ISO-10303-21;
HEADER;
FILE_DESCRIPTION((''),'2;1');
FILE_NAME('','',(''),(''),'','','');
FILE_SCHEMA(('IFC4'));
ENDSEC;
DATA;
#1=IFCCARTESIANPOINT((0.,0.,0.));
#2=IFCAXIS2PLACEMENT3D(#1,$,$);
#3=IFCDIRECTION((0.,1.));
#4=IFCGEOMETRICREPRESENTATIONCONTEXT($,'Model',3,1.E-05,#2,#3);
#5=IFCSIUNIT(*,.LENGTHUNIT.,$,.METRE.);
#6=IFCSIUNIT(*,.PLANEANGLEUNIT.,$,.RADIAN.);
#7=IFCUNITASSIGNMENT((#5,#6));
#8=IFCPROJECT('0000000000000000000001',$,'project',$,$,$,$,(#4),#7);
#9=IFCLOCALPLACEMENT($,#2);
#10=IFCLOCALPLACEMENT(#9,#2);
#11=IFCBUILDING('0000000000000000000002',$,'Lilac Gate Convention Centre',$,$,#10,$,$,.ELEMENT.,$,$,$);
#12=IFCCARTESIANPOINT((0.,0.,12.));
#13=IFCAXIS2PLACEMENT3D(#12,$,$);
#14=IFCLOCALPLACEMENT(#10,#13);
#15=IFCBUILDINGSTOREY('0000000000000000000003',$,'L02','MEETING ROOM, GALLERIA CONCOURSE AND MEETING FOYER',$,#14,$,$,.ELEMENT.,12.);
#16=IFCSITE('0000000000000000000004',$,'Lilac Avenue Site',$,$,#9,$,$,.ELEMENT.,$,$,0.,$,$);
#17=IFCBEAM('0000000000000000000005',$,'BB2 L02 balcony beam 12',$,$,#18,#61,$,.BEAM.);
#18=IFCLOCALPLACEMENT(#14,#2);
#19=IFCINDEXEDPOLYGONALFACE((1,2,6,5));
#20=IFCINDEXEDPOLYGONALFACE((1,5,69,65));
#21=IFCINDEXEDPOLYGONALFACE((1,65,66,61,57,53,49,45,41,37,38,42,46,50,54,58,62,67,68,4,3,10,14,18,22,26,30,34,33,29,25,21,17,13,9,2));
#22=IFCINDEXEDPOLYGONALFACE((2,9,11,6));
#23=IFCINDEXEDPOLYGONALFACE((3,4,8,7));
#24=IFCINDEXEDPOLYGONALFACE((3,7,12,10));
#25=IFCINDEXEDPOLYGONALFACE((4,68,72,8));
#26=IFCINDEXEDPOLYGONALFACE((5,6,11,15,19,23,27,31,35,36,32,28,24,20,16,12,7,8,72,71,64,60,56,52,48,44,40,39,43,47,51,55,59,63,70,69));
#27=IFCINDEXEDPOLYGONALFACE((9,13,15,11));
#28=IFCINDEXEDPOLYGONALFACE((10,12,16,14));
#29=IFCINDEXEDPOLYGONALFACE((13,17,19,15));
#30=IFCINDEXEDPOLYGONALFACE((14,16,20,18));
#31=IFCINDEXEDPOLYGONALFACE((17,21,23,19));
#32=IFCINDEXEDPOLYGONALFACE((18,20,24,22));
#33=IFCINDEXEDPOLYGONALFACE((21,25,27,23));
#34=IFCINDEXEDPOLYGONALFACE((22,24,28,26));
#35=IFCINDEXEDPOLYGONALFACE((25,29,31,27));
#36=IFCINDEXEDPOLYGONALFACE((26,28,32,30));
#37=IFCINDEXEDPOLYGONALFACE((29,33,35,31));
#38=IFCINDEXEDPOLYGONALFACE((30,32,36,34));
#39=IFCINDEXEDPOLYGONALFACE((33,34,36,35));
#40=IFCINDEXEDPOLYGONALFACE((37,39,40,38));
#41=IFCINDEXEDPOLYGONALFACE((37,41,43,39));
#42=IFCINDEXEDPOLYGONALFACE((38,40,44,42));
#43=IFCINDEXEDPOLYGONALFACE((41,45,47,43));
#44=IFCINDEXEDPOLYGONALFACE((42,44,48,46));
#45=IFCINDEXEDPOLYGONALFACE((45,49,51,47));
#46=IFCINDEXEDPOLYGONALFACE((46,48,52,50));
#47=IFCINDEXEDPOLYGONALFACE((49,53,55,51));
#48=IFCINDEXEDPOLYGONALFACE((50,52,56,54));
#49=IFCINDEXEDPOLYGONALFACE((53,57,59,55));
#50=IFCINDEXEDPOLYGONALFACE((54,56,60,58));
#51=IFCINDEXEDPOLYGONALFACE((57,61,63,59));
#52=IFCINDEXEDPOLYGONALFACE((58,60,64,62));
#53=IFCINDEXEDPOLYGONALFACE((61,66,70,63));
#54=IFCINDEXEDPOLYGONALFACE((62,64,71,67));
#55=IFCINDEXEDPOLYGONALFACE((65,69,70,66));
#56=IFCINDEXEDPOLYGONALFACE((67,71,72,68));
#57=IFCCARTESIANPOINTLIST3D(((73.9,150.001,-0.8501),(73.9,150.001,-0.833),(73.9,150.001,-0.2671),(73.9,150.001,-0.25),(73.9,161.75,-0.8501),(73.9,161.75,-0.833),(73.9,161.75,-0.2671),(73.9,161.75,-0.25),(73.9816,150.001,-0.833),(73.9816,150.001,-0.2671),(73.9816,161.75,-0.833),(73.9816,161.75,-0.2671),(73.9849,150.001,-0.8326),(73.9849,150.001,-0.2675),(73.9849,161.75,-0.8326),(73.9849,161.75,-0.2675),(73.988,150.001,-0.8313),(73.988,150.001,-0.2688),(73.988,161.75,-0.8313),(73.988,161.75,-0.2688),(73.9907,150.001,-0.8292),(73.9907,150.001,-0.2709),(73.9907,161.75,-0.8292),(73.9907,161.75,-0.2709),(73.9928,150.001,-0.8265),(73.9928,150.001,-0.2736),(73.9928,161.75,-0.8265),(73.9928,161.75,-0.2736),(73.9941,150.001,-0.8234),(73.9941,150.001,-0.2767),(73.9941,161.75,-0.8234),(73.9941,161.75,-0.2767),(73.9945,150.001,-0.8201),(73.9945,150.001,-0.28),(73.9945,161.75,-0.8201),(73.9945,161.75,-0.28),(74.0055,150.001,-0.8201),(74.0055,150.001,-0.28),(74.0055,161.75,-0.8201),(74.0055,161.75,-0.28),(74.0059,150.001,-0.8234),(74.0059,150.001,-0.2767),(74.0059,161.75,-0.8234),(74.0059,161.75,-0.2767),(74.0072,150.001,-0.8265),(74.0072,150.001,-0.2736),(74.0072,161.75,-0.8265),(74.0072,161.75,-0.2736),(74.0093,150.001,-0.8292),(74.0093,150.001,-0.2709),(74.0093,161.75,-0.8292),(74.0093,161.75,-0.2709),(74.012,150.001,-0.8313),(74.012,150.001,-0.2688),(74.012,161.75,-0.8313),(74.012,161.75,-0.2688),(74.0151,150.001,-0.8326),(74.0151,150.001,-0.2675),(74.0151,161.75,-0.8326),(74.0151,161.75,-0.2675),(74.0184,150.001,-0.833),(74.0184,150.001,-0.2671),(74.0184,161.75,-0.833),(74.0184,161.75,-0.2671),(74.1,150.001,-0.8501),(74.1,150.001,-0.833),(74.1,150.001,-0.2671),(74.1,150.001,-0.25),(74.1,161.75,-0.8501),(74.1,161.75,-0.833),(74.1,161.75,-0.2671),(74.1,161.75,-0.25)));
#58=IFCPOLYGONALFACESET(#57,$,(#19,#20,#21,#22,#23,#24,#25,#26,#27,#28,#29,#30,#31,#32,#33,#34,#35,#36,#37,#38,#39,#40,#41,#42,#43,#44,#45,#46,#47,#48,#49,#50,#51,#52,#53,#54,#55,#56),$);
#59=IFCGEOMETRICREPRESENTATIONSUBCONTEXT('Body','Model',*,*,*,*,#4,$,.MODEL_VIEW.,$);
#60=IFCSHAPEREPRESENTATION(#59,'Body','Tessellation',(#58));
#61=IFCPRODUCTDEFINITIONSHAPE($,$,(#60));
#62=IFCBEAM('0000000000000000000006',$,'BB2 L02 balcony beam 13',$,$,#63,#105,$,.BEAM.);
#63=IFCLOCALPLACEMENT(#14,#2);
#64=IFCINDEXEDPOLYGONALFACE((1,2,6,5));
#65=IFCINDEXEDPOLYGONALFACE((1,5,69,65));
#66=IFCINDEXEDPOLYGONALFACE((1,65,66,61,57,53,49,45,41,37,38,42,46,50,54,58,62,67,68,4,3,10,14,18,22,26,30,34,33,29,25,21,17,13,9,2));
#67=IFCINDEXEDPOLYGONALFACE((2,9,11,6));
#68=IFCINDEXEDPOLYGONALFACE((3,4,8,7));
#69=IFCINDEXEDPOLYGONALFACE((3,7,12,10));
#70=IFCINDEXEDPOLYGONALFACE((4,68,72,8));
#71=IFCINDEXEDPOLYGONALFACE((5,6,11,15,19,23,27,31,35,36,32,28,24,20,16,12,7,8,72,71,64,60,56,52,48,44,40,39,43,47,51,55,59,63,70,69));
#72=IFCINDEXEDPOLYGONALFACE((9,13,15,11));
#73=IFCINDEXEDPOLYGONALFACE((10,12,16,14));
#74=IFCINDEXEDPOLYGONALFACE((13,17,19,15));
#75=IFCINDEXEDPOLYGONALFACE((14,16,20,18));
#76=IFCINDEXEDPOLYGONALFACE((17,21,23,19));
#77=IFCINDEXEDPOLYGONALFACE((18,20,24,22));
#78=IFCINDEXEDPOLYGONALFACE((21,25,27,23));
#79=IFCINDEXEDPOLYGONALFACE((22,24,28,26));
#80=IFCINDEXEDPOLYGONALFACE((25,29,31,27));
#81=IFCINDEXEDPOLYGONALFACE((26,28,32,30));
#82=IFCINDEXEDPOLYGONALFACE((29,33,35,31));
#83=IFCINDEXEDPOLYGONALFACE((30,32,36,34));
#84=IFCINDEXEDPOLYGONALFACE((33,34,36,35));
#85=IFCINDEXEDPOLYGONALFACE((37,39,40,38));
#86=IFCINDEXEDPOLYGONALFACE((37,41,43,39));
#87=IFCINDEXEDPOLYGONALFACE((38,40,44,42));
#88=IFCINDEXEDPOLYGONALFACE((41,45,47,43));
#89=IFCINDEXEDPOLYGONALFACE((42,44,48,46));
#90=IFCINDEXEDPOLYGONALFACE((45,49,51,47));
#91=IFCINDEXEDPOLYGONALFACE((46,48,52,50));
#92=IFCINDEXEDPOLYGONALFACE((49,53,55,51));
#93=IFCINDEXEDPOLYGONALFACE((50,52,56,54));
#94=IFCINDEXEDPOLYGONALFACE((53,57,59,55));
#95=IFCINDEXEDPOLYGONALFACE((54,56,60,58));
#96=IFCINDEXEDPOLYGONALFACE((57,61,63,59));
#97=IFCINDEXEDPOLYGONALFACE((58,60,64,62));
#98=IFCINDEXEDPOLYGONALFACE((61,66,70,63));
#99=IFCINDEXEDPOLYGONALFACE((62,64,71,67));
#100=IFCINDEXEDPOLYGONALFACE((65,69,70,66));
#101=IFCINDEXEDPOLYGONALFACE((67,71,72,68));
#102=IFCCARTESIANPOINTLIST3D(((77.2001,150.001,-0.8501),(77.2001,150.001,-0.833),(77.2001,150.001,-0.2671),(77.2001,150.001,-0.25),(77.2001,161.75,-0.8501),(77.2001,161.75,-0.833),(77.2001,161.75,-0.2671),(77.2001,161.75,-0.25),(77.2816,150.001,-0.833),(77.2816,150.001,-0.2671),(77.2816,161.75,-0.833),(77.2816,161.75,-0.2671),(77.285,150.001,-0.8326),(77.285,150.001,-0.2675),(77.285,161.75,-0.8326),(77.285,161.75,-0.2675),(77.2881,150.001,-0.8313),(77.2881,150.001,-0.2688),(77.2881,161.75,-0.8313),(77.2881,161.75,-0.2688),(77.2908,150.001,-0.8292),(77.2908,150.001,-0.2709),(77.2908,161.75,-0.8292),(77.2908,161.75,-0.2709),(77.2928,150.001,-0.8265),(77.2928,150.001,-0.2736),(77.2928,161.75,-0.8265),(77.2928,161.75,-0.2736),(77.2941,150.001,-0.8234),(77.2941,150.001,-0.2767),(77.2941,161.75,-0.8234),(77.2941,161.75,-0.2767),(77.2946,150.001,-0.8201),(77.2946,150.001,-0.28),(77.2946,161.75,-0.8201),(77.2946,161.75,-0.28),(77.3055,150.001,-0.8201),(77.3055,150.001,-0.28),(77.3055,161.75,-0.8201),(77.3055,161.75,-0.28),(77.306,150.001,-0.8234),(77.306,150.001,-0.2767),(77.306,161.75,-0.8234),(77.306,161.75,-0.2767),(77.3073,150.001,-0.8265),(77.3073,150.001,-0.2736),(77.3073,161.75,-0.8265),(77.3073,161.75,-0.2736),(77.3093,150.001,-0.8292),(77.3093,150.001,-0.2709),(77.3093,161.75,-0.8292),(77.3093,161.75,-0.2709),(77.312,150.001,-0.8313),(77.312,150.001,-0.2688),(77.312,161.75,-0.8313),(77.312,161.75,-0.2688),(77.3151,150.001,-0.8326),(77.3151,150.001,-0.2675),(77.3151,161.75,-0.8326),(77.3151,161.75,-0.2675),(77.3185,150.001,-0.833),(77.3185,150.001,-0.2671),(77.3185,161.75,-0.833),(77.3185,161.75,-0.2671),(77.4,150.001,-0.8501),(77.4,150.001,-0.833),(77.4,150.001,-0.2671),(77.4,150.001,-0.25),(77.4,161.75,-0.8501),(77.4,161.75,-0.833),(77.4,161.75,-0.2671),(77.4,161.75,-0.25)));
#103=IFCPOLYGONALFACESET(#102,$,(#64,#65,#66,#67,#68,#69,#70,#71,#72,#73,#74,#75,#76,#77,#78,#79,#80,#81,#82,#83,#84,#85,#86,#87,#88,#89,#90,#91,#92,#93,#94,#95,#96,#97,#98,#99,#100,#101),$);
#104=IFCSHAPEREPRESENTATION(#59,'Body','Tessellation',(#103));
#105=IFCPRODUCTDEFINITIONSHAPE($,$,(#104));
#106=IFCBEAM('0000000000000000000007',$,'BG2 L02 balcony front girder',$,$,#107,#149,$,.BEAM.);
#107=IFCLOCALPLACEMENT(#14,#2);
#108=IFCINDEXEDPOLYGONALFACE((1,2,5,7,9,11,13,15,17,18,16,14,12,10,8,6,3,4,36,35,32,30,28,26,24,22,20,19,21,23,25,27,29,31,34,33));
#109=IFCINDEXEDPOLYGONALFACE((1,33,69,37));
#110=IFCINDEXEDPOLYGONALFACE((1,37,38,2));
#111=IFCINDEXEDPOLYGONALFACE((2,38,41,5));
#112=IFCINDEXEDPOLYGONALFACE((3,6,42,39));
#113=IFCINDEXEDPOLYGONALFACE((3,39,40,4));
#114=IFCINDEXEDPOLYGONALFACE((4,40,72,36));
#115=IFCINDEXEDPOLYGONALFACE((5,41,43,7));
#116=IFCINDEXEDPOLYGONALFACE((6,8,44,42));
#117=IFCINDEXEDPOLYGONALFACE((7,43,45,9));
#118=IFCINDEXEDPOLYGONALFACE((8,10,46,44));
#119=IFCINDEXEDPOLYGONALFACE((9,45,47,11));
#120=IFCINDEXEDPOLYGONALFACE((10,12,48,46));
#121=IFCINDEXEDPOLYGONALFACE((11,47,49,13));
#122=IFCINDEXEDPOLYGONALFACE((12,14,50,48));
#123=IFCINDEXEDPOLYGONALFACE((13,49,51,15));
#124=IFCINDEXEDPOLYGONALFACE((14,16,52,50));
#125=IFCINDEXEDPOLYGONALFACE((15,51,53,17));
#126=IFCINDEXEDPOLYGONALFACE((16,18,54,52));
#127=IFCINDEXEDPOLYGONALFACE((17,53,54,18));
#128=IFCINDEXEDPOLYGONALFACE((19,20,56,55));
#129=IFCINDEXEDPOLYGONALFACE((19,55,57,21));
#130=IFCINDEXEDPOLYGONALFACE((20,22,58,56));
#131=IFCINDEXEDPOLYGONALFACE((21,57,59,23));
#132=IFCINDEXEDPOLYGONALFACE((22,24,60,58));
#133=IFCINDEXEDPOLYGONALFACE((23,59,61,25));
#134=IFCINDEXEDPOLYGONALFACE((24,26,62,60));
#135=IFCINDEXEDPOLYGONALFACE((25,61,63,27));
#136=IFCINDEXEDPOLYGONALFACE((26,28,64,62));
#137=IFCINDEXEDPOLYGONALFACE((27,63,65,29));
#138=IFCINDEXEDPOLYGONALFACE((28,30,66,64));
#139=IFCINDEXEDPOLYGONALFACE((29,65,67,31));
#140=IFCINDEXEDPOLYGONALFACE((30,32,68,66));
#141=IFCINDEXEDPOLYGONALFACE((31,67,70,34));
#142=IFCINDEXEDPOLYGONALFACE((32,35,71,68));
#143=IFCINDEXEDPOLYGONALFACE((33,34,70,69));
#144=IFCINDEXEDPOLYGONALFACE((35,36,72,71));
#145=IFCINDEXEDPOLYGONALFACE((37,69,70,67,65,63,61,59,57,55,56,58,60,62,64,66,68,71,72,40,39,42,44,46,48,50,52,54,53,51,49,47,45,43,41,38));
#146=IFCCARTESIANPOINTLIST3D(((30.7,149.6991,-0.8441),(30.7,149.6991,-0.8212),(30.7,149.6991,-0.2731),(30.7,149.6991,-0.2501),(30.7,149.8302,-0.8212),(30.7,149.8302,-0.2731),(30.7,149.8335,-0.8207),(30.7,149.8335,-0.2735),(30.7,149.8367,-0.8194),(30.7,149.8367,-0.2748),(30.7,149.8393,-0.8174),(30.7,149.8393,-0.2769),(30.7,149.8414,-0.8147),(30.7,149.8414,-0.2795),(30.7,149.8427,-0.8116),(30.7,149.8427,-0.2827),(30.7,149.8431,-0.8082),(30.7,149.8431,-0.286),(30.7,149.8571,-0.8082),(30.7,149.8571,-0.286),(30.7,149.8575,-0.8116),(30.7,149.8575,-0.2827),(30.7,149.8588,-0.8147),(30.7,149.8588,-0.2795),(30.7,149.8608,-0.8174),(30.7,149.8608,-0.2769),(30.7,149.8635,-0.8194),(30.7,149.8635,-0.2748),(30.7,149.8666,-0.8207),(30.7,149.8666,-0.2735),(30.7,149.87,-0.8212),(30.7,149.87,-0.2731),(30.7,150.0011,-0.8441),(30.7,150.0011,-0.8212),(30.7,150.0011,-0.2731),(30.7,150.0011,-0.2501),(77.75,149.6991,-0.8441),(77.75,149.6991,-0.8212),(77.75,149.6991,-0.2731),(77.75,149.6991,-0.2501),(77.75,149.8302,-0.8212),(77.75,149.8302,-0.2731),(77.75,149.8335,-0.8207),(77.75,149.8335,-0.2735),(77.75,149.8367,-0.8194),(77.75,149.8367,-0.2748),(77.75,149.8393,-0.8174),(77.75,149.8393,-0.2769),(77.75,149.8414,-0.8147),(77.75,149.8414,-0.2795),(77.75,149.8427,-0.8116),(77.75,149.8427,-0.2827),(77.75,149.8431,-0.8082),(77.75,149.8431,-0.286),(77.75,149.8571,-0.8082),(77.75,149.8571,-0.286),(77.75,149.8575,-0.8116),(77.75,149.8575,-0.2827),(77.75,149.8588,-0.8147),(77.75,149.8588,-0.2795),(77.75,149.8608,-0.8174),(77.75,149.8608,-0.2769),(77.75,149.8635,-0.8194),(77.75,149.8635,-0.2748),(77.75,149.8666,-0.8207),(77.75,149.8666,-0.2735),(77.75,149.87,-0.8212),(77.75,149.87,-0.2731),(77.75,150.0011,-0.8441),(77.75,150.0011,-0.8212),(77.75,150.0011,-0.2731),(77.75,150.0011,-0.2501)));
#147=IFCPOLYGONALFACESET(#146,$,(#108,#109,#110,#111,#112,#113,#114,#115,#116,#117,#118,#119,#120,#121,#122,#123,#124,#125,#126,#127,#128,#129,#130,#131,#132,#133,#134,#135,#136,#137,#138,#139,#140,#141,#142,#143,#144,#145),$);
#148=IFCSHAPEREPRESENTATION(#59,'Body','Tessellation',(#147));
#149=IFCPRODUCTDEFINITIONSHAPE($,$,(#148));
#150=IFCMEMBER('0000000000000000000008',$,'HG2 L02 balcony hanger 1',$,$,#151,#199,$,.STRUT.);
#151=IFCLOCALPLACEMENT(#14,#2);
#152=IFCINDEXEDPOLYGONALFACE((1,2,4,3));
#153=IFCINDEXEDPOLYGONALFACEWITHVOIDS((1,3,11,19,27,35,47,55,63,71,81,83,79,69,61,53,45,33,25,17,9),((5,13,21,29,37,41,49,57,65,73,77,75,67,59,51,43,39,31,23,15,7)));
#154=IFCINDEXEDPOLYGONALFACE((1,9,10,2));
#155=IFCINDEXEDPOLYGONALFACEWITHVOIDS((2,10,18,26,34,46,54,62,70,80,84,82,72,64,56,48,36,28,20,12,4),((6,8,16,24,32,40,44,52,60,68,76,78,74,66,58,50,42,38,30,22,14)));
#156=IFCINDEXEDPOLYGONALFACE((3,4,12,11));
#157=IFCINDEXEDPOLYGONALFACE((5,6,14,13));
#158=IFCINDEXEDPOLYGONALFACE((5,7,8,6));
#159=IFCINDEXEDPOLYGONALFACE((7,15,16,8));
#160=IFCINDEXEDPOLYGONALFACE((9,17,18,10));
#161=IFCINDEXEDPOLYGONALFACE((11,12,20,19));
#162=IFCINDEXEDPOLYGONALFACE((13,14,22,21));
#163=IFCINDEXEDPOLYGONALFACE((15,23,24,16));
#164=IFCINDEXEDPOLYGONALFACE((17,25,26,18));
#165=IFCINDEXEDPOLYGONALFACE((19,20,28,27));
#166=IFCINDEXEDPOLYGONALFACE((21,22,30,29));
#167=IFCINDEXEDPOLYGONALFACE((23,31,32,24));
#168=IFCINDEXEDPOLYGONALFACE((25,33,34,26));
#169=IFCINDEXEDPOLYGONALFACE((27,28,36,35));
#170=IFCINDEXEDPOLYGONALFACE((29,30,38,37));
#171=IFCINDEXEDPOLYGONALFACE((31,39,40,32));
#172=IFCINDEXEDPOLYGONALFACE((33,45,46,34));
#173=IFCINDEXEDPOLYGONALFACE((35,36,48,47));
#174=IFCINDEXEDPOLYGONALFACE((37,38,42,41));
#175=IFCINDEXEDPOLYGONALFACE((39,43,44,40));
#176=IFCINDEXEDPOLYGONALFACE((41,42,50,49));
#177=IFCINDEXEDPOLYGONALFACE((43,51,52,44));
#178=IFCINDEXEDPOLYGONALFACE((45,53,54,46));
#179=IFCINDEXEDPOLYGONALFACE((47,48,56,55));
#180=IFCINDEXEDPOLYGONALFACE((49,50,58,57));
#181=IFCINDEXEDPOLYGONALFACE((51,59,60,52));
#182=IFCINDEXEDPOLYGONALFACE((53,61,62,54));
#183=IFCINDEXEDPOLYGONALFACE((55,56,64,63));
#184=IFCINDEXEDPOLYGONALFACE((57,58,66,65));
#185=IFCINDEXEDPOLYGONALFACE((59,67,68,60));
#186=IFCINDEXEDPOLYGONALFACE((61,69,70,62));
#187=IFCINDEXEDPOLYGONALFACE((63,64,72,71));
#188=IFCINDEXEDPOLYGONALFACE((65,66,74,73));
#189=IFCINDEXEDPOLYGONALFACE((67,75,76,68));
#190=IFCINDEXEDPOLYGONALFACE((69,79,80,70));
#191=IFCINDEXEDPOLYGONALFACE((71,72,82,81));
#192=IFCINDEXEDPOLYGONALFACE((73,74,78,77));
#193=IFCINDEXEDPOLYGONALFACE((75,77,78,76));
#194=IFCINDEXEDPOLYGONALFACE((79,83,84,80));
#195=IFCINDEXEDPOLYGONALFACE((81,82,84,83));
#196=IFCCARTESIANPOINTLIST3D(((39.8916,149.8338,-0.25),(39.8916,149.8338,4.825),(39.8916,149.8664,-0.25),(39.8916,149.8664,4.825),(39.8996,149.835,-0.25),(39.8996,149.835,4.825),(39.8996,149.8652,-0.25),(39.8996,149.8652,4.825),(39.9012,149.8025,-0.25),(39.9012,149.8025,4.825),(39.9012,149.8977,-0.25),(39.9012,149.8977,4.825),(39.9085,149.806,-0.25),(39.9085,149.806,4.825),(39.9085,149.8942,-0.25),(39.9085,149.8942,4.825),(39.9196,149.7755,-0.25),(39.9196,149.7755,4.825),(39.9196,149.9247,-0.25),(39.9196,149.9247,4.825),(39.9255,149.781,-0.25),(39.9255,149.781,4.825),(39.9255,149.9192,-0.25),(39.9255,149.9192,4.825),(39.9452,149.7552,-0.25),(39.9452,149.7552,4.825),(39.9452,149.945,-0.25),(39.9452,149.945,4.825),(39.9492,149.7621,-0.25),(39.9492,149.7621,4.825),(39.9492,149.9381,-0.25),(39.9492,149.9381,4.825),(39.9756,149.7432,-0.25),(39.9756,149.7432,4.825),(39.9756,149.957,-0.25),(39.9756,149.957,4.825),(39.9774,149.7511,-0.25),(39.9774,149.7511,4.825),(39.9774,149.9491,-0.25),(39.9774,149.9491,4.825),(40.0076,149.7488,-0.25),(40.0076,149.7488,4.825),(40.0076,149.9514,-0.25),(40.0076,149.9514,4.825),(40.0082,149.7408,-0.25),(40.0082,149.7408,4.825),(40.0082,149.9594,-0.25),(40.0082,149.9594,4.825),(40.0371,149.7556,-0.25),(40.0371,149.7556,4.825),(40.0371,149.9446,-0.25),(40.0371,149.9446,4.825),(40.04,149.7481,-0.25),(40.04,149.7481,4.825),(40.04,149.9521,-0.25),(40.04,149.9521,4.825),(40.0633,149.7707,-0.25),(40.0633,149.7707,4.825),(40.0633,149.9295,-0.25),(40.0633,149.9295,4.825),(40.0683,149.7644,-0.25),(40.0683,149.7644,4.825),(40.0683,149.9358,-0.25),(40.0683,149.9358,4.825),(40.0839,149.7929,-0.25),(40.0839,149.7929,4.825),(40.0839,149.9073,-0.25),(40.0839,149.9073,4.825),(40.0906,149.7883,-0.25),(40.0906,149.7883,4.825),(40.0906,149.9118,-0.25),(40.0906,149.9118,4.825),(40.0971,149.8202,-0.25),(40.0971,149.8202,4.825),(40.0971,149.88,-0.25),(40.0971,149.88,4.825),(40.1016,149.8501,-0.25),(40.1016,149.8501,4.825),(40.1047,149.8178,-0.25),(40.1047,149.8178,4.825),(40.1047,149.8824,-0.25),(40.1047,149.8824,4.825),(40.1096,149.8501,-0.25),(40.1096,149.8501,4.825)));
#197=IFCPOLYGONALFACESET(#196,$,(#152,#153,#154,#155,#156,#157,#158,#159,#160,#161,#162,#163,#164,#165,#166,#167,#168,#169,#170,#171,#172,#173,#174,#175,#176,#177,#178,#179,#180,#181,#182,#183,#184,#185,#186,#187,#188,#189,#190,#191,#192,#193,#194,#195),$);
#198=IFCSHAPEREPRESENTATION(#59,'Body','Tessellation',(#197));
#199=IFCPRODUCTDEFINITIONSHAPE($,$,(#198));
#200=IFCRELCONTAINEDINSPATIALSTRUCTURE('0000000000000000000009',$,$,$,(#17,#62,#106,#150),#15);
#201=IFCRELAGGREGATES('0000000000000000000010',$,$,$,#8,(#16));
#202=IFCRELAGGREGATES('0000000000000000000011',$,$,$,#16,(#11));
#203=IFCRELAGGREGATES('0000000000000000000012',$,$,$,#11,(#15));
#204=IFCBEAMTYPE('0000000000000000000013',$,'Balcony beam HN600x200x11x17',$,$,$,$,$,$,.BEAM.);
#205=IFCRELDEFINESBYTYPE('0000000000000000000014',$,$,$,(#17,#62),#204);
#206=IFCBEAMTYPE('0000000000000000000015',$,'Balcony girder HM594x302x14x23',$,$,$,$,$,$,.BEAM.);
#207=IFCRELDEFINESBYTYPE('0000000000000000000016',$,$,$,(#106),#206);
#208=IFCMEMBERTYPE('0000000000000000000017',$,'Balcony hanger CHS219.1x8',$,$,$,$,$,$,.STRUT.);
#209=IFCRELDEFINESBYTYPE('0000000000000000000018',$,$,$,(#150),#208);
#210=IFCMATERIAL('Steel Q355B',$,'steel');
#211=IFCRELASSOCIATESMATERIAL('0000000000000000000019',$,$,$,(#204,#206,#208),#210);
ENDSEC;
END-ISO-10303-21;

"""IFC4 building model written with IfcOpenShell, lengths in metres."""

from ifc_helpers import new_model, si_unit, direction, frame, origin, origin_2d, place, context, subcontext, project, spatial, hollow_circle, i_section, extrude, material, material_profile, profile_set, type_object, element, save


model = new_model("IFC4")

# Units and contexts
model_context = context("Model", 3, precision=1e-05, world=origin(), true_north=direction((0.0, 1.0)))
body_context = subcontext(model_context, "Body", "Model", "MODEL_VIEW")
ifc_project = project(units=[si_unit("LENGTHUNIT", "METRE"), si_unit("PLANEANGLEUNIT", "RADIAN")], contexts=[model_context])

# Site, building, storey
site_placement = place(None, origin())
site = spatial("IfcSite", under=ifc_project, at=site_placement, Name="Lilac Avenue Site", CompositionType="ELEMENT", RefElevation=0.0)
building_placement = place(site_placement, origin())
building = spatial("IfcBuilding", under=site, at=building_placement, Name="Lilac Gate Convention Centre", CompositionType="ELEMENT")
storey_placement = place(building_placement, frame((0.0, 0.0, 12.0)))
storey = spatial("IfcBuildingStorey", under=building, at=storey_placement, Name="L02", Description="MEETING ROOM, GALLERIA CONCOURSE AND MEETING FOYER", CompositionType="ELEMENT", Elevation=12.0)

# Beams
ifc_material_1 = material(Name="Steel Q355B", Category="steel")
ifc_material_profile_1 = material_profile(ifc_material_1, i_section(OverallWidth=0.2, OverallDepth=0.6001, WebThickness=0.011, FlangeThickness=0.0171, FilletRadius=0.0129, at=origin_2d()), Name="HN600x200x11x17")
ifc_profile_set_1 = profile_set([ifc_material_profile_1], Name="Steel Q355B")
beam_type_1 = type_object("IfcBeamType", Name="Balcony beam HN600x200x11x17", PredefinedType="BEAM", material=ifc_profile_set_1)
for number, where, z_axis, x_axis, name in (
    (1, (74.0, 150.001, -0.55), (0.0, 1.0, 0.0), (-1.0, 0.0, 0.0), "BB2 L02 balcony beam 12"),
    (2, (77.3, 150.001, -0.55), (0.0, 1.0, 0.0), (-1.0, 0.0, 0.0), "BB2 L02 balcony beam 13"),
):
    element("IfcBeam", number, at=place(storey_placement, frame(where, z_axis=z_axis, x_axis=x_axis)), inside=storey, type_object=beam_type_1, Name=name, PredefinedType="BEAM", context=body_context, shape_type="SweptSolid", body=[
        extrude(i_section(OverallWidth=0.2, OverallDepth=0.6001, WebThickness=0.011, FlangeThickness=0.0171, FilletRadius=0.0129, at=origin_2d()), origin(), (0.0, 0.0, 1.0), 11.749),
    ])
ifc_material_profile_2 = material_profile(ifc_material_1, i_section(OverallWidth=0.302, OverallDepth=0.594, WebThickness=0.0139, FlangeThickness=0.0229, FilletRadius=0.0129, at=origin_2d()), Name="HM594x302x14x23")
ifc_profile_set_2 = profile_set([ifc_material_profile_2], Name="Steel Q355B")
beam_type_2 = type_object("IfcBeamType", Name="Balcony girder HM594x302x14x23", PredefinedType="BEAM", material=ifc_profile_set_2)
beam_1_placement = place(storey_placement, frame((30.7, 149.8501, -0.5471), z_axis=(1.0, 0.0, 0.0), x_axis=(0.0, 1.0, 0.0)))
element("IfcBeam", 3, at=beam_1_placement, inside=storey, type_object=beam_type_2, Name="BG2 L02 balcony front girder", PredefinedType="BEAM", context=body_context, shape_type="SweptSolid", body=[
    extrude(i_section(OverallWidth=0.302, OverallDepth=0.594, WebThickness=0.0139, FlangeThickness=0.0229, FilletRadius=0.0129, at=origin_2d()), origin(), (0.0, 0.0, 1.0), 47.05),
])

# Member
ifc_material_profile_3 = material_profile(ifc_material_1, hollow_circle(Radius=0.1096, WallThickness=0.0081, at=origin_2d()), Name="CHS219.1x8")
ifc_profile_set_3 = profile_set([ifc_material_profile_3], Name="Steel Q355B")
member_type = type_object("IfcMemberType", Name="Balcony hanger CHS219.1x8", PredefinedType="STRUT", material=ifc_profile_set_3)
for number, where, z_axis, x_axis, name in (
    (4, (40.0, 149.8501, -0.25), (0.0, 0.0, 1.0), (1.0, 0.0, 0.0), "HG2 L02 balcony hanger 1"),
):
    element("IfcMember", number, at=place(storey_placement, frame(where, z_axis=z_axis, x_axis=x_axis)), inside=storey, type_object=member_type, Name=name, PredefinedType="STRUT", context=body_context, shape_type="SweptSolid", body=[
        extrude(hollow_circle(Radius=0.1096, WallThickness=0.0081, at=origin_2d()), origin(), (0.0, 0.0, 1.0), 5.075),
    ])

save(model, "model.ifc")
